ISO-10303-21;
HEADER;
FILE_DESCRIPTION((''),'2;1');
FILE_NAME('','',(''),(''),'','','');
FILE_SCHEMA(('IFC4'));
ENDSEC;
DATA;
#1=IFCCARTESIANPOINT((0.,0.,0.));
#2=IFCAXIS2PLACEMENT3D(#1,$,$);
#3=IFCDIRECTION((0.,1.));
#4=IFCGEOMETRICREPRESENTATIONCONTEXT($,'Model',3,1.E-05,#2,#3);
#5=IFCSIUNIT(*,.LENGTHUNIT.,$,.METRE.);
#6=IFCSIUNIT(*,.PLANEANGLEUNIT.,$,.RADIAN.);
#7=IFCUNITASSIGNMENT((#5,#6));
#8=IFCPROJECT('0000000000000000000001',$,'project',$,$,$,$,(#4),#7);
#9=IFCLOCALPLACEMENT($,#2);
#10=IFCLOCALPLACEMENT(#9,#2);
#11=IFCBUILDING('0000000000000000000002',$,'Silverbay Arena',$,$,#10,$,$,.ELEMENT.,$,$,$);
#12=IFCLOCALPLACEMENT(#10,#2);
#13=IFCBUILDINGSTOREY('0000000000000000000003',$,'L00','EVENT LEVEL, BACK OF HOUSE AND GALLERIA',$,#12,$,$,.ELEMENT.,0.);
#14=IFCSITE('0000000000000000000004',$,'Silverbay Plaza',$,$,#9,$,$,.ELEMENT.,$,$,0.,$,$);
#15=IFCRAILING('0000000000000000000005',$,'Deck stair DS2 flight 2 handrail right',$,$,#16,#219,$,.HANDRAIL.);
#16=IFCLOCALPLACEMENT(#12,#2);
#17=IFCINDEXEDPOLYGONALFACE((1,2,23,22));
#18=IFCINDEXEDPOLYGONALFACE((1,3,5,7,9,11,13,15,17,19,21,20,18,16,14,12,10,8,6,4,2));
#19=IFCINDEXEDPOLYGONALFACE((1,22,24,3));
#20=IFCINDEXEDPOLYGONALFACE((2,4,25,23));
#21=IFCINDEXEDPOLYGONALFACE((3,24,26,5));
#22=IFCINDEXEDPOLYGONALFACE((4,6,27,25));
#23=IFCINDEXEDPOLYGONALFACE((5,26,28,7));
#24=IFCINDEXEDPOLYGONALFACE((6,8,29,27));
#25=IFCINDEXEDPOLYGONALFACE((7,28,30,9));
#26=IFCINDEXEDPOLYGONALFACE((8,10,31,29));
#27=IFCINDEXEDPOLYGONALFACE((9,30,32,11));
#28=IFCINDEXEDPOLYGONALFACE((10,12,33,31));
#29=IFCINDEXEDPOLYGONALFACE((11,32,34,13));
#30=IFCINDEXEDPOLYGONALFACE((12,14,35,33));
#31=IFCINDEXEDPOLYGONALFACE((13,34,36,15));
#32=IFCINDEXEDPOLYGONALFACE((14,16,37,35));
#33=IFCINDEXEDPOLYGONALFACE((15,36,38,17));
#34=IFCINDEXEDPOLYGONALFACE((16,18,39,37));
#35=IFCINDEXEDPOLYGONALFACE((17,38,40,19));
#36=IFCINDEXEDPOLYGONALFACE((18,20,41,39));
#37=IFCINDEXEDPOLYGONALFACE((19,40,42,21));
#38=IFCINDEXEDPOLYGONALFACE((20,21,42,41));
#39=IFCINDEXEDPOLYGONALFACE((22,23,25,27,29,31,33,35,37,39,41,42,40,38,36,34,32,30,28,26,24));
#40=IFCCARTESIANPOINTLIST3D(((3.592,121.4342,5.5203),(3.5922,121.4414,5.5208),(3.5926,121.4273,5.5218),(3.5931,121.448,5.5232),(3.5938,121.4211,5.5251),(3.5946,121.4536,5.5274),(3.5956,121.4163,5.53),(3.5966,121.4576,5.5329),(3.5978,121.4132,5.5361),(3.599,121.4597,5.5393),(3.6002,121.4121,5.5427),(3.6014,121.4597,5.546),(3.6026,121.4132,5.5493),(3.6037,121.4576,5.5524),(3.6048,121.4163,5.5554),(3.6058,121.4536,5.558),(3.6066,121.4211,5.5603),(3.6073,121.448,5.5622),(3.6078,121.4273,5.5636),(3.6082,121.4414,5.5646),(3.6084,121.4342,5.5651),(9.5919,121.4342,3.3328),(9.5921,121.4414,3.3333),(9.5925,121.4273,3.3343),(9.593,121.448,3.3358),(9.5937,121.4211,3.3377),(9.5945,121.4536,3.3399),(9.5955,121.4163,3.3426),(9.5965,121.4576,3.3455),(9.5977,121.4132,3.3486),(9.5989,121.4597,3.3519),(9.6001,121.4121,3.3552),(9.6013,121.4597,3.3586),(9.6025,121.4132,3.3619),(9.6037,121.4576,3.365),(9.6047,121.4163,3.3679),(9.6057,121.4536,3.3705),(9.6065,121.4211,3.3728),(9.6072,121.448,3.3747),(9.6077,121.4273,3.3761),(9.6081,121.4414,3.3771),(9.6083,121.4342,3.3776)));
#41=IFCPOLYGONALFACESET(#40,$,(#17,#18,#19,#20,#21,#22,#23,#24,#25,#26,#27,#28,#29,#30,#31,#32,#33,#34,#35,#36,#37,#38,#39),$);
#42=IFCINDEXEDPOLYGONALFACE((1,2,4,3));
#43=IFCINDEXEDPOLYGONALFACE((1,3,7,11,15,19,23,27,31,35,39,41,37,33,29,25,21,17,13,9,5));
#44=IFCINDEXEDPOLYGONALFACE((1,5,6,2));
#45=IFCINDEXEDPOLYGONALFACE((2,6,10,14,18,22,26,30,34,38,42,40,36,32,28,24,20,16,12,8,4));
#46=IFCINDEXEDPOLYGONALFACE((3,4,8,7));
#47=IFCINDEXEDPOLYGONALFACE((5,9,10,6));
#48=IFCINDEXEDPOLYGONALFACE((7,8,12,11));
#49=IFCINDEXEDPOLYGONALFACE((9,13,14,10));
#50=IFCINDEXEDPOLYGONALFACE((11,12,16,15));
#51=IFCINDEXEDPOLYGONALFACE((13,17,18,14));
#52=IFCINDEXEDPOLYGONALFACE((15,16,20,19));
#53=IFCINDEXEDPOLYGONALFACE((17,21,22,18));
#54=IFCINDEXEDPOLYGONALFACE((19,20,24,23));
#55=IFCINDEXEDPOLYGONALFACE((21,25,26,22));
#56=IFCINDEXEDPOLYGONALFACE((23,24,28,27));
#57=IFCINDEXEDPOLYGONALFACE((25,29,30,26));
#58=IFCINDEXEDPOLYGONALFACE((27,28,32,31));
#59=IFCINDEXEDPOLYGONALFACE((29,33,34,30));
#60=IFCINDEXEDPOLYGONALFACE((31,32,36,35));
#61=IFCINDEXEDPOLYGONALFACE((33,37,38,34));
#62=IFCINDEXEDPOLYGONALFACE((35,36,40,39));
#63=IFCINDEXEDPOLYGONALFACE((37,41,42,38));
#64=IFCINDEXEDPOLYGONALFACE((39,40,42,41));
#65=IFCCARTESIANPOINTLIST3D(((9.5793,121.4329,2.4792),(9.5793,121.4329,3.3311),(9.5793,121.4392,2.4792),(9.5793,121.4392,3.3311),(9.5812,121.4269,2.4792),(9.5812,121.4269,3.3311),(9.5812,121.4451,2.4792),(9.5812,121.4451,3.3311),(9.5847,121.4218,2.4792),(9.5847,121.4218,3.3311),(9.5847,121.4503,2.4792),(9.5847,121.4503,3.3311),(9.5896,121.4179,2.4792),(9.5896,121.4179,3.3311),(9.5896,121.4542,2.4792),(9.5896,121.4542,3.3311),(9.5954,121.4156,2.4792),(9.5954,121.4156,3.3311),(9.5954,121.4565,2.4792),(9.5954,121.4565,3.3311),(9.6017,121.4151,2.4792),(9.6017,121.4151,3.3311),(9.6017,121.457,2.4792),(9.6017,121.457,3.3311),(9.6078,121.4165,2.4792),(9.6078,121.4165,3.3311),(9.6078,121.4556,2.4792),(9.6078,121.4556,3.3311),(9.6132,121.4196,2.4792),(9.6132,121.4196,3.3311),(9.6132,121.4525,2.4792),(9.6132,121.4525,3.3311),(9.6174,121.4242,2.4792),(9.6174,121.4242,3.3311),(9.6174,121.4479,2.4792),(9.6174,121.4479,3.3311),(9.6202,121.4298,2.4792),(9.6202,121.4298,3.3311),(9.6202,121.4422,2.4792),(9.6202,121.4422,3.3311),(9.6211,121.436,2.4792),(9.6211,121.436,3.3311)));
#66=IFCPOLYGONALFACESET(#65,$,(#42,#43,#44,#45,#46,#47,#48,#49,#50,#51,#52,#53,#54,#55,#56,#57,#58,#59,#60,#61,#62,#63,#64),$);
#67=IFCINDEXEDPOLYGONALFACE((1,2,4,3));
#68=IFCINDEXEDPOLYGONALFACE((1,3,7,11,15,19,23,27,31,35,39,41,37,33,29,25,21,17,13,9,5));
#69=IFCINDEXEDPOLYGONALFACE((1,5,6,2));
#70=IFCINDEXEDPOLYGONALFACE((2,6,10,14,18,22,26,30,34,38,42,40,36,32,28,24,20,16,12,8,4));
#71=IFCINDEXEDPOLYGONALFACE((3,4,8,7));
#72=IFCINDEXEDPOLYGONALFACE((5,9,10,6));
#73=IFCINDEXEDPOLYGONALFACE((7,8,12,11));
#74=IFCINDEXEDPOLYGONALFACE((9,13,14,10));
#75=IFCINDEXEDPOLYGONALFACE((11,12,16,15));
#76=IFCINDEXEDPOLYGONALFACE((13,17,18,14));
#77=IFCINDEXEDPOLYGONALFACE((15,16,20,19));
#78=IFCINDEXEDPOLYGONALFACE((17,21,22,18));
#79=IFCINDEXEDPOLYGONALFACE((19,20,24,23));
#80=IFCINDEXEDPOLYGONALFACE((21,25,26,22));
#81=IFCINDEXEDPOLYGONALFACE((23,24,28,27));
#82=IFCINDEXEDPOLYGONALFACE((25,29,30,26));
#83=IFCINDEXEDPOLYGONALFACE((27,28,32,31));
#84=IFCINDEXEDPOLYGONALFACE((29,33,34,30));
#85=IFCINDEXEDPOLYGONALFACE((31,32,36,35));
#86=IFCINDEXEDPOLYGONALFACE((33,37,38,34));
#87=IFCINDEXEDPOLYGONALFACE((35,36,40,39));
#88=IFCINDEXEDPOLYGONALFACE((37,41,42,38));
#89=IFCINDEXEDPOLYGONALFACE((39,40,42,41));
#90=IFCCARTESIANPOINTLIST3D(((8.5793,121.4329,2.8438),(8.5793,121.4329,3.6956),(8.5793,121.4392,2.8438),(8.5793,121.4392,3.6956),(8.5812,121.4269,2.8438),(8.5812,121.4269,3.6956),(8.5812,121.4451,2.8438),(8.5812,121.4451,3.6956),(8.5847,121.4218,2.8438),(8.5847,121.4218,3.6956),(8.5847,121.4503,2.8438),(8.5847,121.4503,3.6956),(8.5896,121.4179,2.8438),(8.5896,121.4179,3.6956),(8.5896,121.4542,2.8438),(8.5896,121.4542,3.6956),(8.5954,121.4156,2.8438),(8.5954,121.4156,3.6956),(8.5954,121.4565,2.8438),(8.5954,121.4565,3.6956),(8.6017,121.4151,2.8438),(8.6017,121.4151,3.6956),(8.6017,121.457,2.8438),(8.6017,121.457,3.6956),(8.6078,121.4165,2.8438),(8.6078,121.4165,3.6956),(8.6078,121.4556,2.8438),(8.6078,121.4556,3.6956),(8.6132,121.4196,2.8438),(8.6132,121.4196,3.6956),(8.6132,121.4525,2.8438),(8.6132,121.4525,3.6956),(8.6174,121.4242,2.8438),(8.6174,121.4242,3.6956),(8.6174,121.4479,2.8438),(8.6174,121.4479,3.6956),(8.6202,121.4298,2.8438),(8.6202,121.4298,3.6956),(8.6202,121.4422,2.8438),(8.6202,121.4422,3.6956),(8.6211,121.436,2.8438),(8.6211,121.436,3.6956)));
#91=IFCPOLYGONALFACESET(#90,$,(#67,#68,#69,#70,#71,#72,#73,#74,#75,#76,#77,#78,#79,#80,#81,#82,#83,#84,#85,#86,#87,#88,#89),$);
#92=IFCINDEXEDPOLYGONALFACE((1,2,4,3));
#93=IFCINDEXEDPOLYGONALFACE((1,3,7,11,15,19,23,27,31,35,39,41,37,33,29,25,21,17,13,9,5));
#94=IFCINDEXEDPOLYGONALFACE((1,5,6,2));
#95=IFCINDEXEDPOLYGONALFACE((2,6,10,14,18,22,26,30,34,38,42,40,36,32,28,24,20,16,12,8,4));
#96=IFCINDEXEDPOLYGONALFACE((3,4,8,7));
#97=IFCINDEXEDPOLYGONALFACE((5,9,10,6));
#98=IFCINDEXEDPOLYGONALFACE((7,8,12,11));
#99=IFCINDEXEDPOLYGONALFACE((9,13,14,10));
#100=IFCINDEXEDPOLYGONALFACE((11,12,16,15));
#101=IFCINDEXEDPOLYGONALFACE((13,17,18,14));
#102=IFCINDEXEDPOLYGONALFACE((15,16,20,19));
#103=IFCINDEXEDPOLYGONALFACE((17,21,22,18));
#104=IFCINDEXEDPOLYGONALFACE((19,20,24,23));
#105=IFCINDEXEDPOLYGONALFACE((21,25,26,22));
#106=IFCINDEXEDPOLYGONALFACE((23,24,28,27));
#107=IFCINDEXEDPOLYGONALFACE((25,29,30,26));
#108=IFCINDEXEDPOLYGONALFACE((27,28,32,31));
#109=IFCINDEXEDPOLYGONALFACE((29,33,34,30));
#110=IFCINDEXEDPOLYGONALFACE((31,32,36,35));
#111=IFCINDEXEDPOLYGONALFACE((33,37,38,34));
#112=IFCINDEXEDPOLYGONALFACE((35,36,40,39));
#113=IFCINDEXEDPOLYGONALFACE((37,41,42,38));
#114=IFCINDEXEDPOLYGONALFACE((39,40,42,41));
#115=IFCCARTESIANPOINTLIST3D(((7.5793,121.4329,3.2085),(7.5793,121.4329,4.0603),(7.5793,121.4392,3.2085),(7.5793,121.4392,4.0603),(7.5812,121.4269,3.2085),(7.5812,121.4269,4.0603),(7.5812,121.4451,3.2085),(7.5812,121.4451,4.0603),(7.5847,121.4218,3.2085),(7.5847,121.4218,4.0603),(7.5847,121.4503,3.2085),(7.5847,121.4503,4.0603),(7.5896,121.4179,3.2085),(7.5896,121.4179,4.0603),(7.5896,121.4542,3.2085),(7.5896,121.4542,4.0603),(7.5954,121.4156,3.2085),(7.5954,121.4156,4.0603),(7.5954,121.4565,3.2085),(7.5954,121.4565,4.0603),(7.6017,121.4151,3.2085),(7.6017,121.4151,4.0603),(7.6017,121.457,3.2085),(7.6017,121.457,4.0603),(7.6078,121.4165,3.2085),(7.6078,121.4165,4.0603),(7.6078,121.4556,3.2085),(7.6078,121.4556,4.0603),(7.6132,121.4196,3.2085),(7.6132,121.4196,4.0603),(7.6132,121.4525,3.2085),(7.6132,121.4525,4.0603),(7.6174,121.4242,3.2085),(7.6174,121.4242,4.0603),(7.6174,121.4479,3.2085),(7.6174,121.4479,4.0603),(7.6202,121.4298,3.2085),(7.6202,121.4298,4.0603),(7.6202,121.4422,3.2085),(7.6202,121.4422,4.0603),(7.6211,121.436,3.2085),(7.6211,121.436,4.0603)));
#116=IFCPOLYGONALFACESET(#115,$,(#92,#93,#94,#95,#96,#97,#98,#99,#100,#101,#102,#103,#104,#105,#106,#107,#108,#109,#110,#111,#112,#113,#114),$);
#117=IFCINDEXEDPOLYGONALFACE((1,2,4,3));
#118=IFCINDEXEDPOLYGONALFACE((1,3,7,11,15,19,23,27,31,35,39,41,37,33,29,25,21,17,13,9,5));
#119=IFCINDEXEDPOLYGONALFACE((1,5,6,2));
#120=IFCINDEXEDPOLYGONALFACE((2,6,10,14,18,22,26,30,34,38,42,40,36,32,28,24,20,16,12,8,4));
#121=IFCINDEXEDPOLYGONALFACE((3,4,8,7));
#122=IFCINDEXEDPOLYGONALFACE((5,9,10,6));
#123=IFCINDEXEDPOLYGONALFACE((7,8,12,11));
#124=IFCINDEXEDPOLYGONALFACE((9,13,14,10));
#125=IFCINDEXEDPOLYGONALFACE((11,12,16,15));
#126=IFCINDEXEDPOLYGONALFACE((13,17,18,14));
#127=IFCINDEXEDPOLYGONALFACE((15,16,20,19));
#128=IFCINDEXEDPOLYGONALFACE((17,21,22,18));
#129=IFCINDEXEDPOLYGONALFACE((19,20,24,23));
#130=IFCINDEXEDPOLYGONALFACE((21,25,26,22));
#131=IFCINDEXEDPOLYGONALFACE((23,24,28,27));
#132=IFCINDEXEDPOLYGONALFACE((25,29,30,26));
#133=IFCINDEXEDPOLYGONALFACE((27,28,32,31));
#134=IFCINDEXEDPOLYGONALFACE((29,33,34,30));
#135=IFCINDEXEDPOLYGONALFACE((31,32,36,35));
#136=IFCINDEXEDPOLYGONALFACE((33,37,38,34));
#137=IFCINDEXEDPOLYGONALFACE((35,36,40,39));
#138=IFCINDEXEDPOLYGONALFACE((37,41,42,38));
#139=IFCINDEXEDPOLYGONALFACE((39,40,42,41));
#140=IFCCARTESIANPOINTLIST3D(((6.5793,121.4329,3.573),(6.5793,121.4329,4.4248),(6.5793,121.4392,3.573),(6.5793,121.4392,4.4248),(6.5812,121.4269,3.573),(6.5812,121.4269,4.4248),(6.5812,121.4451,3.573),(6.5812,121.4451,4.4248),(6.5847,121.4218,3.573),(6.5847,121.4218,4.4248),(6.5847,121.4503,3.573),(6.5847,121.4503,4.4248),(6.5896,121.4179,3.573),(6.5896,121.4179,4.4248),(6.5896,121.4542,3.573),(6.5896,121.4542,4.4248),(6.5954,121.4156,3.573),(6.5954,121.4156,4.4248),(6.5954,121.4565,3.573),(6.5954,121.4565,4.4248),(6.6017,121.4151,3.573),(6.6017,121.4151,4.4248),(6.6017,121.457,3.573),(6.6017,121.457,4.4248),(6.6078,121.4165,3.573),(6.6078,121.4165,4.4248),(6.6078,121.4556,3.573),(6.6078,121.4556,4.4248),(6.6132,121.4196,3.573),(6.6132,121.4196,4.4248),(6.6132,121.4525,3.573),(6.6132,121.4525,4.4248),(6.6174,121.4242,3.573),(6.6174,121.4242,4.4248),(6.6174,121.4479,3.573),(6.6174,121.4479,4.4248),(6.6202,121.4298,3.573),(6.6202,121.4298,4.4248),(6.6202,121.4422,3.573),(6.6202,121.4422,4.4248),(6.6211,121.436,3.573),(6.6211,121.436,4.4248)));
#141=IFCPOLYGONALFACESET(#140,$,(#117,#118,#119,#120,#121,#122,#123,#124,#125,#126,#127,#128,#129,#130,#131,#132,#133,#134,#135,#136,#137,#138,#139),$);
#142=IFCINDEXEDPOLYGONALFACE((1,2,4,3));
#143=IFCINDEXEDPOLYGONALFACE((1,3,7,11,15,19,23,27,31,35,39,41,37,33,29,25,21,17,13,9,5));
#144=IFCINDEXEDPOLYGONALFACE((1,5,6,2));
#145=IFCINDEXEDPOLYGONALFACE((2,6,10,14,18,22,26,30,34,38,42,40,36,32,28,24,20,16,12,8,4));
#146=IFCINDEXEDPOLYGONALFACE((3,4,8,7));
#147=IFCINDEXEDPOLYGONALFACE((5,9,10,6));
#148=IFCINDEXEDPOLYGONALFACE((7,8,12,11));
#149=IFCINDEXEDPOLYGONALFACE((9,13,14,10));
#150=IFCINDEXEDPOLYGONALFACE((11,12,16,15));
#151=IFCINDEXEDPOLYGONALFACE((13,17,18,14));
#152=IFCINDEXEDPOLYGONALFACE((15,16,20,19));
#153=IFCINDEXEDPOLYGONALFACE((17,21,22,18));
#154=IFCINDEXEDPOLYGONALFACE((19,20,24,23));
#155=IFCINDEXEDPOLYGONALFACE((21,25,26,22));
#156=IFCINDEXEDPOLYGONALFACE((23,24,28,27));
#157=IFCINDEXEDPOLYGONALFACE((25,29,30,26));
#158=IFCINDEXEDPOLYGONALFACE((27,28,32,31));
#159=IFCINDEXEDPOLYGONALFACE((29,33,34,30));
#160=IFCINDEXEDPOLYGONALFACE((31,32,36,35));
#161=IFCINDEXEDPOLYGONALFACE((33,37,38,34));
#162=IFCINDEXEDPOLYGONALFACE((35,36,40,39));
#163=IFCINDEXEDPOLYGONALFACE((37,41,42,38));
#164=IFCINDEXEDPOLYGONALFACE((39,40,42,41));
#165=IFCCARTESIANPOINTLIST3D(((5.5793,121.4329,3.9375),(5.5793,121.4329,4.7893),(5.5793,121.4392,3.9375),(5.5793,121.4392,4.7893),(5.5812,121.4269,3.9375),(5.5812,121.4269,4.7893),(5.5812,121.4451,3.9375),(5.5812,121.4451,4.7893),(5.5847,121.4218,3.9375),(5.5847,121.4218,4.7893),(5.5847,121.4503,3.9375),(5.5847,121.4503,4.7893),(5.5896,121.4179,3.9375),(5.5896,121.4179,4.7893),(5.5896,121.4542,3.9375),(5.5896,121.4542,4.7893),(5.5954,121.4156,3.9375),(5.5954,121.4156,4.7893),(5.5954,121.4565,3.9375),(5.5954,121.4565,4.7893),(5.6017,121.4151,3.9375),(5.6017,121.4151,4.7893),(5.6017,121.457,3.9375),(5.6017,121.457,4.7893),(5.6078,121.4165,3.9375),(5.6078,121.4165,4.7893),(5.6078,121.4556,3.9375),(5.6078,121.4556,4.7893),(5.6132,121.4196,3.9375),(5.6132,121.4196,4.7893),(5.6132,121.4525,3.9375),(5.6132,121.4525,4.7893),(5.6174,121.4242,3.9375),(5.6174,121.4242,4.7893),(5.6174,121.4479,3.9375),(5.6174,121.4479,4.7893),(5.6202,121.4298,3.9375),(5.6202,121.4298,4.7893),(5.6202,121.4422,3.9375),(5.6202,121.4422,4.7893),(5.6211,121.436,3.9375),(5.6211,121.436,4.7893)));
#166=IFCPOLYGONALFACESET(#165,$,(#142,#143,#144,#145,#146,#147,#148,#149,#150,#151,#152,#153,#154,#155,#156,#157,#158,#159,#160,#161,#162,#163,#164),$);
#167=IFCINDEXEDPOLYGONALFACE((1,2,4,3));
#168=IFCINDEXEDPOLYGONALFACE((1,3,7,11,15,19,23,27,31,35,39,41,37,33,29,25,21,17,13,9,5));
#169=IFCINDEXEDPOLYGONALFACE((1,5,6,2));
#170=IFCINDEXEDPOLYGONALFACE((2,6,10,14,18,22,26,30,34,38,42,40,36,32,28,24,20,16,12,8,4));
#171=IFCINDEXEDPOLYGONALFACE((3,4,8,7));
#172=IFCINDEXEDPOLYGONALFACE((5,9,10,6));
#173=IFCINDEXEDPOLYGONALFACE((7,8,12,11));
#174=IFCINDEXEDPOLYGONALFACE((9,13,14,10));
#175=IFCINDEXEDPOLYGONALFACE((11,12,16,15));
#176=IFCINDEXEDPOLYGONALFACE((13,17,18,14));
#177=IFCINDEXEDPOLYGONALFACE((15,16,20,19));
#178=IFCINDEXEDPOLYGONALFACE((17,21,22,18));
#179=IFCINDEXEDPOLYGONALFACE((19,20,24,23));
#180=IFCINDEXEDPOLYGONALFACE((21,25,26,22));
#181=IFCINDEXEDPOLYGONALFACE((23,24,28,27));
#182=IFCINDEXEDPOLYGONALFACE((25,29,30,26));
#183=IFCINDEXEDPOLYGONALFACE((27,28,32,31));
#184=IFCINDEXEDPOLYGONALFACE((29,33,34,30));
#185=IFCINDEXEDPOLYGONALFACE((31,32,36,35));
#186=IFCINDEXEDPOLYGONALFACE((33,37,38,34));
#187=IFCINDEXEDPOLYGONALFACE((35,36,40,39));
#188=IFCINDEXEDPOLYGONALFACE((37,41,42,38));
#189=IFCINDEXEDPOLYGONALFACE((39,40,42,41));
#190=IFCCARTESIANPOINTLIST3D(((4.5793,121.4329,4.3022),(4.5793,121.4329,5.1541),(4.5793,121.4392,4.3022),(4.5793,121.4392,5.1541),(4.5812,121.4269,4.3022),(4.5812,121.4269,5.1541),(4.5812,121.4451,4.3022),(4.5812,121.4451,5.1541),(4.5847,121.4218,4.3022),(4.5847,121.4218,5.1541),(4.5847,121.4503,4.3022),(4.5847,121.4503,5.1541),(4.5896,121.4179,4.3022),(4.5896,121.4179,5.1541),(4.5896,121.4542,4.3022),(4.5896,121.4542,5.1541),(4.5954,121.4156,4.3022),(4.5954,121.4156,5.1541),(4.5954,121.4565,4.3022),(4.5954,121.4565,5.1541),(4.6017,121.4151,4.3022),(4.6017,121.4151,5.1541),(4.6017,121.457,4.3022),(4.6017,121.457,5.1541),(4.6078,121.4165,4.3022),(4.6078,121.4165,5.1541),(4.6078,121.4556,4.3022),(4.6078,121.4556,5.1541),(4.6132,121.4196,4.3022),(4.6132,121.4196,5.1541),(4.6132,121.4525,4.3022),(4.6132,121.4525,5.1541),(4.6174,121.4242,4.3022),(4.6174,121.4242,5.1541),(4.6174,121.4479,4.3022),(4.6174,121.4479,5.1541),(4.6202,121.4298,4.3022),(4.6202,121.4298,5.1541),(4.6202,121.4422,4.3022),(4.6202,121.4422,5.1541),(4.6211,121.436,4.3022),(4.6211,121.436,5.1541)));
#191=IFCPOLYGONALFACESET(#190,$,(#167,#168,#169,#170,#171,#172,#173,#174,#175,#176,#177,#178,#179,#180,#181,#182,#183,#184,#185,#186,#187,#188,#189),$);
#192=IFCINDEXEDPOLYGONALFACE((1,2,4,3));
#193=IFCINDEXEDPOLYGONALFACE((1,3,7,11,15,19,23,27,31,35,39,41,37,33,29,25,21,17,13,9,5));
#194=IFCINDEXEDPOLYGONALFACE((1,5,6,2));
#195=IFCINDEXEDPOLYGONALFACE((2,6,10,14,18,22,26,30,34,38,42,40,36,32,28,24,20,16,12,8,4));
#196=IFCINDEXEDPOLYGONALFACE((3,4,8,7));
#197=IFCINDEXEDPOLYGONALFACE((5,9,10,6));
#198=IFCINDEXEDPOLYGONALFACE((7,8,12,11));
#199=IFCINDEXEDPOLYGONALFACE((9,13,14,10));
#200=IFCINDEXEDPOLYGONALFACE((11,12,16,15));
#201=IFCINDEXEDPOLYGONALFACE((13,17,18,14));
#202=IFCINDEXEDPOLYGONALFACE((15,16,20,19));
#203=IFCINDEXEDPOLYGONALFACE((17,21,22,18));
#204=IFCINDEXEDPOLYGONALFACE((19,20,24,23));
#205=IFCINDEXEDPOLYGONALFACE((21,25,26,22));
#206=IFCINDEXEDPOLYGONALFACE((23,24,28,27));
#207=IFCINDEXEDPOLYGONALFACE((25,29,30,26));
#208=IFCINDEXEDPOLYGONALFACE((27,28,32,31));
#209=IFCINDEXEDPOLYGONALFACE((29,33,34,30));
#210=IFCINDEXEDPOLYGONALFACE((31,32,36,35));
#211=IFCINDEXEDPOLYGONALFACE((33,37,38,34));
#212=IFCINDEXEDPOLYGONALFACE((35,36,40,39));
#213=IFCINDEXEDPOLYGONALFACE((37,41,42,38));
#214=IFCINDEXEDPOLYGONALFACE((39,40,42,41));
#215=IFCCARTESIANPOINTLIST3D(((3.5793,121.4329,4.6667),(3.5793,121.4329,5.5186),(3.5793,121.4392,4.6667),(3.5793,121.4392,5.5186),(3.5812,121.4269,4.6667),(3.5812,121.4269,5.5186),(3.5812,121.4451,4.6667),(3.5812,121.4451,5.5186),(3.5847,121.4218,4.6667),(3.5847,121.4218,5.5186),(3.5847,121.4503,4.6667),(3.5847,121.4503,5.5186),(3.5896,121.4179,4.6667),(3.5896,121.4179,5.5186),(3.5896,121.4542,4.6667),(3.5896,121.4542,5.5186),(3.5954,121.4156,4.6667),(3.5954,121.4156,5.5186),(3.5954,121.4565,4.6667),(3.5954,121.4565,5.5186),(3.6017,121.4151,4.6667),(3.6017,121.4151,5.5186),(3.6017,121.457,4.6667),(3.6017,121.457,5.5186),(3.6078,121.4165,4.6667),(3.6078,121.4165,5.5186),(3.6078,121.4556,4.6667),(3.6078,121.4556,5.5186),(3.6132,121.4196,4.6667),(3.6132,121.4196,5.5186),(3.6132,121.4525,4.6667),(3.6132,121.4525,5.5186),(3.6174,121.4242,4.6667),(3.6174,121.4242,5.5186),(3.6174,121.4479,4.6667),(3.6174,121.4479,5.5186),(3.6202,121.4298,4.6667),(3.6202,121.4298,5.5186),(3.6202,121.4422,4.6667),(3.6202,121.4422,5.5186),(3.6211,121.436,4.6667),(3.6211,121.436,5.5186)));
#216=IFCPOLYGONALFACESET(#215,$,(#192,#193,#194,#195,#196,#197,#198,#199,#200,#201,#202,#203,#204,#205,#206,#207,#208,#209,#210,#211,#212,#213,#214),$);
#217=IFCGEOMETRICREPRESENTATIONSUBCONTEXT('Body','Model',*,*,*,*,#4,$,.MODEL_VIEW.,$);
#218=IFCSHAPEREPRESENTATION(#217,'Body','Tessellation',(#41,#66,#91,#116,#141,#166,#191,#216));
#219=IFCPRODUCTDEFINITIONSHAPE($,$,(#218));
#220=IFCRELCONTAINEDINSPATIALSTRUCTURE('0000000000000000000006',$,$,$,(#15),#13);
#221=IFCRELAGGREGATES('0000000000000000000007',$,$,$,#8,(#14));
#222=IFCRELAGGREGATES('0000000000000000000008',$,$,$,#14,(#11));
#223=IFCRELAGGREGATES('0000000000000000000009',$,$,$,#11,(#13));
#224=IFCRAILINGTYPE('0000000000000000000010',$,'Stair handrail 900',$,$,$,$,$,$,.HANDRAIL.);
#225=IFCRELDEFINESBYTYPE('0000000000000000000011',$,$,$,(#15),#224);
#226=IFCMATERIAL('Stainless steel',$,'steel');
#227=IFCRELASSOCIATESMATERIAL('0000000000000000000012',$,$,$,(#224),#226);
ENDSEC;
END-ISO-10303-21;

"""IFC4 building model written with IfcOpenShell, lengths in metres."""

from ifc_helpers import new_model, si_unit, direction, frame, origin, origin_2d, place, context, subcontext, project, spatial, circle, extrude, material, type_object, element, save


model = new_model("IFC4")

# Units and contexts
model_context = context("Model", 3, precision=1e-05, world=origin(), true_north=direction((0.0, 1.0)))
body_context = subcontext(model_context, "Body", "Model", "MODEL_VIEW")
ifc_project = project(units=[si_unit("LENGTHUNIT", "METRE"), si_unit("PLANEANGLEUNIT", "RADIAN")], contexts=[model_context])

# Site, building, storey
site_placement = place(None, origin())
site = spatial("IfcSite", under=ifc_project, at=site_placement, Name="Silverbay Plaza", CompositionType="ELEMENT", RefElevation=0.0)
building_placement = place(site_placement, origin())
building = spatial("IfcBuilding", under=site, at=building_placement, Name="Silverbay Arena", CompositionType="ELEMENT")
storey_placement = place(building_placement, origin())
storey = spatial("IfcBuildingStorey", under=building, at=storey_placement, Name="L00", Description="EVENT LEVEL, BACK OF HOUSE AND GALLERIA", CompositionType="ELEMENT", Elevation=0.0)

# Railing
ifc_material_1 = material(Name="Stainless steel", Category="steel")
railing_type_1 = type_object("IfcRailingType", Name="Stair handrail 900", PredefinedType="HANDRAIL", material=ifc_material_1)
for number, where, name in (
    (1, (9.6001, 121.436, 2.4792), "Deck stair DS2 flight 2 handrail right"),
):
    element("IfcRailing", number, at=place(storey_placement, frame(where)), inside=storey, type_object=railing_type_1, Name=name, PredefinedType="HANDRAIL", context=body_context, shape_type="SweptSolid", body=[
        extrude(circle(Radius=0.0239, at=origin_2d()), frame((0.0, 0.0, 0.876), z_axis=(-0.939507, 0.0, 0.342529), x_axis=(0.0, -1.0, 0.0)), (0.0, 0.0, 1.0), 6.3862),
        extrude(circle(Radius=0.021, at=origin_2d()), origin(), (0.0, 0.0, 1.0), 0.8518),
        extrude(circle(Radius=0.021, at=origin_2d()), frame((-1.0, 0.0, 0.3645)), (0.0, 0.0, 1.0), 0.8518),
        extrude(circle(Radius=0.021, at=origin_2d()), frame((-2.0, 0.0, 0.7292)), (0.0, 0.0, 1.0), 0.8518),
        extrude(circle(Radius=0.021, at=origin_2d()), frame((-3.0, 0.0, 1.0938)), (0.0, 0.0, 1.0), 0.8518),
        extrude(circle(Radius=0.021, at=origin_2d()), frame((-4.0, 0.0, 1.4583)), (0.0, 0.0, 1.0), 0.8518),
        extrude(circle(Radius=0.021, at=origin_2d()), frame((-5.0, 0.0, 1.823)), (0.0, 0.0, 1.0), 0.8518),
        extrude(circle(Radius=0.021, at=origin_2d()), frame((-6.0, 0.0, 2.1875)), (0.0, 0.0, 1.0), 0.8518),
    ])

save(model, "model.ifc")
